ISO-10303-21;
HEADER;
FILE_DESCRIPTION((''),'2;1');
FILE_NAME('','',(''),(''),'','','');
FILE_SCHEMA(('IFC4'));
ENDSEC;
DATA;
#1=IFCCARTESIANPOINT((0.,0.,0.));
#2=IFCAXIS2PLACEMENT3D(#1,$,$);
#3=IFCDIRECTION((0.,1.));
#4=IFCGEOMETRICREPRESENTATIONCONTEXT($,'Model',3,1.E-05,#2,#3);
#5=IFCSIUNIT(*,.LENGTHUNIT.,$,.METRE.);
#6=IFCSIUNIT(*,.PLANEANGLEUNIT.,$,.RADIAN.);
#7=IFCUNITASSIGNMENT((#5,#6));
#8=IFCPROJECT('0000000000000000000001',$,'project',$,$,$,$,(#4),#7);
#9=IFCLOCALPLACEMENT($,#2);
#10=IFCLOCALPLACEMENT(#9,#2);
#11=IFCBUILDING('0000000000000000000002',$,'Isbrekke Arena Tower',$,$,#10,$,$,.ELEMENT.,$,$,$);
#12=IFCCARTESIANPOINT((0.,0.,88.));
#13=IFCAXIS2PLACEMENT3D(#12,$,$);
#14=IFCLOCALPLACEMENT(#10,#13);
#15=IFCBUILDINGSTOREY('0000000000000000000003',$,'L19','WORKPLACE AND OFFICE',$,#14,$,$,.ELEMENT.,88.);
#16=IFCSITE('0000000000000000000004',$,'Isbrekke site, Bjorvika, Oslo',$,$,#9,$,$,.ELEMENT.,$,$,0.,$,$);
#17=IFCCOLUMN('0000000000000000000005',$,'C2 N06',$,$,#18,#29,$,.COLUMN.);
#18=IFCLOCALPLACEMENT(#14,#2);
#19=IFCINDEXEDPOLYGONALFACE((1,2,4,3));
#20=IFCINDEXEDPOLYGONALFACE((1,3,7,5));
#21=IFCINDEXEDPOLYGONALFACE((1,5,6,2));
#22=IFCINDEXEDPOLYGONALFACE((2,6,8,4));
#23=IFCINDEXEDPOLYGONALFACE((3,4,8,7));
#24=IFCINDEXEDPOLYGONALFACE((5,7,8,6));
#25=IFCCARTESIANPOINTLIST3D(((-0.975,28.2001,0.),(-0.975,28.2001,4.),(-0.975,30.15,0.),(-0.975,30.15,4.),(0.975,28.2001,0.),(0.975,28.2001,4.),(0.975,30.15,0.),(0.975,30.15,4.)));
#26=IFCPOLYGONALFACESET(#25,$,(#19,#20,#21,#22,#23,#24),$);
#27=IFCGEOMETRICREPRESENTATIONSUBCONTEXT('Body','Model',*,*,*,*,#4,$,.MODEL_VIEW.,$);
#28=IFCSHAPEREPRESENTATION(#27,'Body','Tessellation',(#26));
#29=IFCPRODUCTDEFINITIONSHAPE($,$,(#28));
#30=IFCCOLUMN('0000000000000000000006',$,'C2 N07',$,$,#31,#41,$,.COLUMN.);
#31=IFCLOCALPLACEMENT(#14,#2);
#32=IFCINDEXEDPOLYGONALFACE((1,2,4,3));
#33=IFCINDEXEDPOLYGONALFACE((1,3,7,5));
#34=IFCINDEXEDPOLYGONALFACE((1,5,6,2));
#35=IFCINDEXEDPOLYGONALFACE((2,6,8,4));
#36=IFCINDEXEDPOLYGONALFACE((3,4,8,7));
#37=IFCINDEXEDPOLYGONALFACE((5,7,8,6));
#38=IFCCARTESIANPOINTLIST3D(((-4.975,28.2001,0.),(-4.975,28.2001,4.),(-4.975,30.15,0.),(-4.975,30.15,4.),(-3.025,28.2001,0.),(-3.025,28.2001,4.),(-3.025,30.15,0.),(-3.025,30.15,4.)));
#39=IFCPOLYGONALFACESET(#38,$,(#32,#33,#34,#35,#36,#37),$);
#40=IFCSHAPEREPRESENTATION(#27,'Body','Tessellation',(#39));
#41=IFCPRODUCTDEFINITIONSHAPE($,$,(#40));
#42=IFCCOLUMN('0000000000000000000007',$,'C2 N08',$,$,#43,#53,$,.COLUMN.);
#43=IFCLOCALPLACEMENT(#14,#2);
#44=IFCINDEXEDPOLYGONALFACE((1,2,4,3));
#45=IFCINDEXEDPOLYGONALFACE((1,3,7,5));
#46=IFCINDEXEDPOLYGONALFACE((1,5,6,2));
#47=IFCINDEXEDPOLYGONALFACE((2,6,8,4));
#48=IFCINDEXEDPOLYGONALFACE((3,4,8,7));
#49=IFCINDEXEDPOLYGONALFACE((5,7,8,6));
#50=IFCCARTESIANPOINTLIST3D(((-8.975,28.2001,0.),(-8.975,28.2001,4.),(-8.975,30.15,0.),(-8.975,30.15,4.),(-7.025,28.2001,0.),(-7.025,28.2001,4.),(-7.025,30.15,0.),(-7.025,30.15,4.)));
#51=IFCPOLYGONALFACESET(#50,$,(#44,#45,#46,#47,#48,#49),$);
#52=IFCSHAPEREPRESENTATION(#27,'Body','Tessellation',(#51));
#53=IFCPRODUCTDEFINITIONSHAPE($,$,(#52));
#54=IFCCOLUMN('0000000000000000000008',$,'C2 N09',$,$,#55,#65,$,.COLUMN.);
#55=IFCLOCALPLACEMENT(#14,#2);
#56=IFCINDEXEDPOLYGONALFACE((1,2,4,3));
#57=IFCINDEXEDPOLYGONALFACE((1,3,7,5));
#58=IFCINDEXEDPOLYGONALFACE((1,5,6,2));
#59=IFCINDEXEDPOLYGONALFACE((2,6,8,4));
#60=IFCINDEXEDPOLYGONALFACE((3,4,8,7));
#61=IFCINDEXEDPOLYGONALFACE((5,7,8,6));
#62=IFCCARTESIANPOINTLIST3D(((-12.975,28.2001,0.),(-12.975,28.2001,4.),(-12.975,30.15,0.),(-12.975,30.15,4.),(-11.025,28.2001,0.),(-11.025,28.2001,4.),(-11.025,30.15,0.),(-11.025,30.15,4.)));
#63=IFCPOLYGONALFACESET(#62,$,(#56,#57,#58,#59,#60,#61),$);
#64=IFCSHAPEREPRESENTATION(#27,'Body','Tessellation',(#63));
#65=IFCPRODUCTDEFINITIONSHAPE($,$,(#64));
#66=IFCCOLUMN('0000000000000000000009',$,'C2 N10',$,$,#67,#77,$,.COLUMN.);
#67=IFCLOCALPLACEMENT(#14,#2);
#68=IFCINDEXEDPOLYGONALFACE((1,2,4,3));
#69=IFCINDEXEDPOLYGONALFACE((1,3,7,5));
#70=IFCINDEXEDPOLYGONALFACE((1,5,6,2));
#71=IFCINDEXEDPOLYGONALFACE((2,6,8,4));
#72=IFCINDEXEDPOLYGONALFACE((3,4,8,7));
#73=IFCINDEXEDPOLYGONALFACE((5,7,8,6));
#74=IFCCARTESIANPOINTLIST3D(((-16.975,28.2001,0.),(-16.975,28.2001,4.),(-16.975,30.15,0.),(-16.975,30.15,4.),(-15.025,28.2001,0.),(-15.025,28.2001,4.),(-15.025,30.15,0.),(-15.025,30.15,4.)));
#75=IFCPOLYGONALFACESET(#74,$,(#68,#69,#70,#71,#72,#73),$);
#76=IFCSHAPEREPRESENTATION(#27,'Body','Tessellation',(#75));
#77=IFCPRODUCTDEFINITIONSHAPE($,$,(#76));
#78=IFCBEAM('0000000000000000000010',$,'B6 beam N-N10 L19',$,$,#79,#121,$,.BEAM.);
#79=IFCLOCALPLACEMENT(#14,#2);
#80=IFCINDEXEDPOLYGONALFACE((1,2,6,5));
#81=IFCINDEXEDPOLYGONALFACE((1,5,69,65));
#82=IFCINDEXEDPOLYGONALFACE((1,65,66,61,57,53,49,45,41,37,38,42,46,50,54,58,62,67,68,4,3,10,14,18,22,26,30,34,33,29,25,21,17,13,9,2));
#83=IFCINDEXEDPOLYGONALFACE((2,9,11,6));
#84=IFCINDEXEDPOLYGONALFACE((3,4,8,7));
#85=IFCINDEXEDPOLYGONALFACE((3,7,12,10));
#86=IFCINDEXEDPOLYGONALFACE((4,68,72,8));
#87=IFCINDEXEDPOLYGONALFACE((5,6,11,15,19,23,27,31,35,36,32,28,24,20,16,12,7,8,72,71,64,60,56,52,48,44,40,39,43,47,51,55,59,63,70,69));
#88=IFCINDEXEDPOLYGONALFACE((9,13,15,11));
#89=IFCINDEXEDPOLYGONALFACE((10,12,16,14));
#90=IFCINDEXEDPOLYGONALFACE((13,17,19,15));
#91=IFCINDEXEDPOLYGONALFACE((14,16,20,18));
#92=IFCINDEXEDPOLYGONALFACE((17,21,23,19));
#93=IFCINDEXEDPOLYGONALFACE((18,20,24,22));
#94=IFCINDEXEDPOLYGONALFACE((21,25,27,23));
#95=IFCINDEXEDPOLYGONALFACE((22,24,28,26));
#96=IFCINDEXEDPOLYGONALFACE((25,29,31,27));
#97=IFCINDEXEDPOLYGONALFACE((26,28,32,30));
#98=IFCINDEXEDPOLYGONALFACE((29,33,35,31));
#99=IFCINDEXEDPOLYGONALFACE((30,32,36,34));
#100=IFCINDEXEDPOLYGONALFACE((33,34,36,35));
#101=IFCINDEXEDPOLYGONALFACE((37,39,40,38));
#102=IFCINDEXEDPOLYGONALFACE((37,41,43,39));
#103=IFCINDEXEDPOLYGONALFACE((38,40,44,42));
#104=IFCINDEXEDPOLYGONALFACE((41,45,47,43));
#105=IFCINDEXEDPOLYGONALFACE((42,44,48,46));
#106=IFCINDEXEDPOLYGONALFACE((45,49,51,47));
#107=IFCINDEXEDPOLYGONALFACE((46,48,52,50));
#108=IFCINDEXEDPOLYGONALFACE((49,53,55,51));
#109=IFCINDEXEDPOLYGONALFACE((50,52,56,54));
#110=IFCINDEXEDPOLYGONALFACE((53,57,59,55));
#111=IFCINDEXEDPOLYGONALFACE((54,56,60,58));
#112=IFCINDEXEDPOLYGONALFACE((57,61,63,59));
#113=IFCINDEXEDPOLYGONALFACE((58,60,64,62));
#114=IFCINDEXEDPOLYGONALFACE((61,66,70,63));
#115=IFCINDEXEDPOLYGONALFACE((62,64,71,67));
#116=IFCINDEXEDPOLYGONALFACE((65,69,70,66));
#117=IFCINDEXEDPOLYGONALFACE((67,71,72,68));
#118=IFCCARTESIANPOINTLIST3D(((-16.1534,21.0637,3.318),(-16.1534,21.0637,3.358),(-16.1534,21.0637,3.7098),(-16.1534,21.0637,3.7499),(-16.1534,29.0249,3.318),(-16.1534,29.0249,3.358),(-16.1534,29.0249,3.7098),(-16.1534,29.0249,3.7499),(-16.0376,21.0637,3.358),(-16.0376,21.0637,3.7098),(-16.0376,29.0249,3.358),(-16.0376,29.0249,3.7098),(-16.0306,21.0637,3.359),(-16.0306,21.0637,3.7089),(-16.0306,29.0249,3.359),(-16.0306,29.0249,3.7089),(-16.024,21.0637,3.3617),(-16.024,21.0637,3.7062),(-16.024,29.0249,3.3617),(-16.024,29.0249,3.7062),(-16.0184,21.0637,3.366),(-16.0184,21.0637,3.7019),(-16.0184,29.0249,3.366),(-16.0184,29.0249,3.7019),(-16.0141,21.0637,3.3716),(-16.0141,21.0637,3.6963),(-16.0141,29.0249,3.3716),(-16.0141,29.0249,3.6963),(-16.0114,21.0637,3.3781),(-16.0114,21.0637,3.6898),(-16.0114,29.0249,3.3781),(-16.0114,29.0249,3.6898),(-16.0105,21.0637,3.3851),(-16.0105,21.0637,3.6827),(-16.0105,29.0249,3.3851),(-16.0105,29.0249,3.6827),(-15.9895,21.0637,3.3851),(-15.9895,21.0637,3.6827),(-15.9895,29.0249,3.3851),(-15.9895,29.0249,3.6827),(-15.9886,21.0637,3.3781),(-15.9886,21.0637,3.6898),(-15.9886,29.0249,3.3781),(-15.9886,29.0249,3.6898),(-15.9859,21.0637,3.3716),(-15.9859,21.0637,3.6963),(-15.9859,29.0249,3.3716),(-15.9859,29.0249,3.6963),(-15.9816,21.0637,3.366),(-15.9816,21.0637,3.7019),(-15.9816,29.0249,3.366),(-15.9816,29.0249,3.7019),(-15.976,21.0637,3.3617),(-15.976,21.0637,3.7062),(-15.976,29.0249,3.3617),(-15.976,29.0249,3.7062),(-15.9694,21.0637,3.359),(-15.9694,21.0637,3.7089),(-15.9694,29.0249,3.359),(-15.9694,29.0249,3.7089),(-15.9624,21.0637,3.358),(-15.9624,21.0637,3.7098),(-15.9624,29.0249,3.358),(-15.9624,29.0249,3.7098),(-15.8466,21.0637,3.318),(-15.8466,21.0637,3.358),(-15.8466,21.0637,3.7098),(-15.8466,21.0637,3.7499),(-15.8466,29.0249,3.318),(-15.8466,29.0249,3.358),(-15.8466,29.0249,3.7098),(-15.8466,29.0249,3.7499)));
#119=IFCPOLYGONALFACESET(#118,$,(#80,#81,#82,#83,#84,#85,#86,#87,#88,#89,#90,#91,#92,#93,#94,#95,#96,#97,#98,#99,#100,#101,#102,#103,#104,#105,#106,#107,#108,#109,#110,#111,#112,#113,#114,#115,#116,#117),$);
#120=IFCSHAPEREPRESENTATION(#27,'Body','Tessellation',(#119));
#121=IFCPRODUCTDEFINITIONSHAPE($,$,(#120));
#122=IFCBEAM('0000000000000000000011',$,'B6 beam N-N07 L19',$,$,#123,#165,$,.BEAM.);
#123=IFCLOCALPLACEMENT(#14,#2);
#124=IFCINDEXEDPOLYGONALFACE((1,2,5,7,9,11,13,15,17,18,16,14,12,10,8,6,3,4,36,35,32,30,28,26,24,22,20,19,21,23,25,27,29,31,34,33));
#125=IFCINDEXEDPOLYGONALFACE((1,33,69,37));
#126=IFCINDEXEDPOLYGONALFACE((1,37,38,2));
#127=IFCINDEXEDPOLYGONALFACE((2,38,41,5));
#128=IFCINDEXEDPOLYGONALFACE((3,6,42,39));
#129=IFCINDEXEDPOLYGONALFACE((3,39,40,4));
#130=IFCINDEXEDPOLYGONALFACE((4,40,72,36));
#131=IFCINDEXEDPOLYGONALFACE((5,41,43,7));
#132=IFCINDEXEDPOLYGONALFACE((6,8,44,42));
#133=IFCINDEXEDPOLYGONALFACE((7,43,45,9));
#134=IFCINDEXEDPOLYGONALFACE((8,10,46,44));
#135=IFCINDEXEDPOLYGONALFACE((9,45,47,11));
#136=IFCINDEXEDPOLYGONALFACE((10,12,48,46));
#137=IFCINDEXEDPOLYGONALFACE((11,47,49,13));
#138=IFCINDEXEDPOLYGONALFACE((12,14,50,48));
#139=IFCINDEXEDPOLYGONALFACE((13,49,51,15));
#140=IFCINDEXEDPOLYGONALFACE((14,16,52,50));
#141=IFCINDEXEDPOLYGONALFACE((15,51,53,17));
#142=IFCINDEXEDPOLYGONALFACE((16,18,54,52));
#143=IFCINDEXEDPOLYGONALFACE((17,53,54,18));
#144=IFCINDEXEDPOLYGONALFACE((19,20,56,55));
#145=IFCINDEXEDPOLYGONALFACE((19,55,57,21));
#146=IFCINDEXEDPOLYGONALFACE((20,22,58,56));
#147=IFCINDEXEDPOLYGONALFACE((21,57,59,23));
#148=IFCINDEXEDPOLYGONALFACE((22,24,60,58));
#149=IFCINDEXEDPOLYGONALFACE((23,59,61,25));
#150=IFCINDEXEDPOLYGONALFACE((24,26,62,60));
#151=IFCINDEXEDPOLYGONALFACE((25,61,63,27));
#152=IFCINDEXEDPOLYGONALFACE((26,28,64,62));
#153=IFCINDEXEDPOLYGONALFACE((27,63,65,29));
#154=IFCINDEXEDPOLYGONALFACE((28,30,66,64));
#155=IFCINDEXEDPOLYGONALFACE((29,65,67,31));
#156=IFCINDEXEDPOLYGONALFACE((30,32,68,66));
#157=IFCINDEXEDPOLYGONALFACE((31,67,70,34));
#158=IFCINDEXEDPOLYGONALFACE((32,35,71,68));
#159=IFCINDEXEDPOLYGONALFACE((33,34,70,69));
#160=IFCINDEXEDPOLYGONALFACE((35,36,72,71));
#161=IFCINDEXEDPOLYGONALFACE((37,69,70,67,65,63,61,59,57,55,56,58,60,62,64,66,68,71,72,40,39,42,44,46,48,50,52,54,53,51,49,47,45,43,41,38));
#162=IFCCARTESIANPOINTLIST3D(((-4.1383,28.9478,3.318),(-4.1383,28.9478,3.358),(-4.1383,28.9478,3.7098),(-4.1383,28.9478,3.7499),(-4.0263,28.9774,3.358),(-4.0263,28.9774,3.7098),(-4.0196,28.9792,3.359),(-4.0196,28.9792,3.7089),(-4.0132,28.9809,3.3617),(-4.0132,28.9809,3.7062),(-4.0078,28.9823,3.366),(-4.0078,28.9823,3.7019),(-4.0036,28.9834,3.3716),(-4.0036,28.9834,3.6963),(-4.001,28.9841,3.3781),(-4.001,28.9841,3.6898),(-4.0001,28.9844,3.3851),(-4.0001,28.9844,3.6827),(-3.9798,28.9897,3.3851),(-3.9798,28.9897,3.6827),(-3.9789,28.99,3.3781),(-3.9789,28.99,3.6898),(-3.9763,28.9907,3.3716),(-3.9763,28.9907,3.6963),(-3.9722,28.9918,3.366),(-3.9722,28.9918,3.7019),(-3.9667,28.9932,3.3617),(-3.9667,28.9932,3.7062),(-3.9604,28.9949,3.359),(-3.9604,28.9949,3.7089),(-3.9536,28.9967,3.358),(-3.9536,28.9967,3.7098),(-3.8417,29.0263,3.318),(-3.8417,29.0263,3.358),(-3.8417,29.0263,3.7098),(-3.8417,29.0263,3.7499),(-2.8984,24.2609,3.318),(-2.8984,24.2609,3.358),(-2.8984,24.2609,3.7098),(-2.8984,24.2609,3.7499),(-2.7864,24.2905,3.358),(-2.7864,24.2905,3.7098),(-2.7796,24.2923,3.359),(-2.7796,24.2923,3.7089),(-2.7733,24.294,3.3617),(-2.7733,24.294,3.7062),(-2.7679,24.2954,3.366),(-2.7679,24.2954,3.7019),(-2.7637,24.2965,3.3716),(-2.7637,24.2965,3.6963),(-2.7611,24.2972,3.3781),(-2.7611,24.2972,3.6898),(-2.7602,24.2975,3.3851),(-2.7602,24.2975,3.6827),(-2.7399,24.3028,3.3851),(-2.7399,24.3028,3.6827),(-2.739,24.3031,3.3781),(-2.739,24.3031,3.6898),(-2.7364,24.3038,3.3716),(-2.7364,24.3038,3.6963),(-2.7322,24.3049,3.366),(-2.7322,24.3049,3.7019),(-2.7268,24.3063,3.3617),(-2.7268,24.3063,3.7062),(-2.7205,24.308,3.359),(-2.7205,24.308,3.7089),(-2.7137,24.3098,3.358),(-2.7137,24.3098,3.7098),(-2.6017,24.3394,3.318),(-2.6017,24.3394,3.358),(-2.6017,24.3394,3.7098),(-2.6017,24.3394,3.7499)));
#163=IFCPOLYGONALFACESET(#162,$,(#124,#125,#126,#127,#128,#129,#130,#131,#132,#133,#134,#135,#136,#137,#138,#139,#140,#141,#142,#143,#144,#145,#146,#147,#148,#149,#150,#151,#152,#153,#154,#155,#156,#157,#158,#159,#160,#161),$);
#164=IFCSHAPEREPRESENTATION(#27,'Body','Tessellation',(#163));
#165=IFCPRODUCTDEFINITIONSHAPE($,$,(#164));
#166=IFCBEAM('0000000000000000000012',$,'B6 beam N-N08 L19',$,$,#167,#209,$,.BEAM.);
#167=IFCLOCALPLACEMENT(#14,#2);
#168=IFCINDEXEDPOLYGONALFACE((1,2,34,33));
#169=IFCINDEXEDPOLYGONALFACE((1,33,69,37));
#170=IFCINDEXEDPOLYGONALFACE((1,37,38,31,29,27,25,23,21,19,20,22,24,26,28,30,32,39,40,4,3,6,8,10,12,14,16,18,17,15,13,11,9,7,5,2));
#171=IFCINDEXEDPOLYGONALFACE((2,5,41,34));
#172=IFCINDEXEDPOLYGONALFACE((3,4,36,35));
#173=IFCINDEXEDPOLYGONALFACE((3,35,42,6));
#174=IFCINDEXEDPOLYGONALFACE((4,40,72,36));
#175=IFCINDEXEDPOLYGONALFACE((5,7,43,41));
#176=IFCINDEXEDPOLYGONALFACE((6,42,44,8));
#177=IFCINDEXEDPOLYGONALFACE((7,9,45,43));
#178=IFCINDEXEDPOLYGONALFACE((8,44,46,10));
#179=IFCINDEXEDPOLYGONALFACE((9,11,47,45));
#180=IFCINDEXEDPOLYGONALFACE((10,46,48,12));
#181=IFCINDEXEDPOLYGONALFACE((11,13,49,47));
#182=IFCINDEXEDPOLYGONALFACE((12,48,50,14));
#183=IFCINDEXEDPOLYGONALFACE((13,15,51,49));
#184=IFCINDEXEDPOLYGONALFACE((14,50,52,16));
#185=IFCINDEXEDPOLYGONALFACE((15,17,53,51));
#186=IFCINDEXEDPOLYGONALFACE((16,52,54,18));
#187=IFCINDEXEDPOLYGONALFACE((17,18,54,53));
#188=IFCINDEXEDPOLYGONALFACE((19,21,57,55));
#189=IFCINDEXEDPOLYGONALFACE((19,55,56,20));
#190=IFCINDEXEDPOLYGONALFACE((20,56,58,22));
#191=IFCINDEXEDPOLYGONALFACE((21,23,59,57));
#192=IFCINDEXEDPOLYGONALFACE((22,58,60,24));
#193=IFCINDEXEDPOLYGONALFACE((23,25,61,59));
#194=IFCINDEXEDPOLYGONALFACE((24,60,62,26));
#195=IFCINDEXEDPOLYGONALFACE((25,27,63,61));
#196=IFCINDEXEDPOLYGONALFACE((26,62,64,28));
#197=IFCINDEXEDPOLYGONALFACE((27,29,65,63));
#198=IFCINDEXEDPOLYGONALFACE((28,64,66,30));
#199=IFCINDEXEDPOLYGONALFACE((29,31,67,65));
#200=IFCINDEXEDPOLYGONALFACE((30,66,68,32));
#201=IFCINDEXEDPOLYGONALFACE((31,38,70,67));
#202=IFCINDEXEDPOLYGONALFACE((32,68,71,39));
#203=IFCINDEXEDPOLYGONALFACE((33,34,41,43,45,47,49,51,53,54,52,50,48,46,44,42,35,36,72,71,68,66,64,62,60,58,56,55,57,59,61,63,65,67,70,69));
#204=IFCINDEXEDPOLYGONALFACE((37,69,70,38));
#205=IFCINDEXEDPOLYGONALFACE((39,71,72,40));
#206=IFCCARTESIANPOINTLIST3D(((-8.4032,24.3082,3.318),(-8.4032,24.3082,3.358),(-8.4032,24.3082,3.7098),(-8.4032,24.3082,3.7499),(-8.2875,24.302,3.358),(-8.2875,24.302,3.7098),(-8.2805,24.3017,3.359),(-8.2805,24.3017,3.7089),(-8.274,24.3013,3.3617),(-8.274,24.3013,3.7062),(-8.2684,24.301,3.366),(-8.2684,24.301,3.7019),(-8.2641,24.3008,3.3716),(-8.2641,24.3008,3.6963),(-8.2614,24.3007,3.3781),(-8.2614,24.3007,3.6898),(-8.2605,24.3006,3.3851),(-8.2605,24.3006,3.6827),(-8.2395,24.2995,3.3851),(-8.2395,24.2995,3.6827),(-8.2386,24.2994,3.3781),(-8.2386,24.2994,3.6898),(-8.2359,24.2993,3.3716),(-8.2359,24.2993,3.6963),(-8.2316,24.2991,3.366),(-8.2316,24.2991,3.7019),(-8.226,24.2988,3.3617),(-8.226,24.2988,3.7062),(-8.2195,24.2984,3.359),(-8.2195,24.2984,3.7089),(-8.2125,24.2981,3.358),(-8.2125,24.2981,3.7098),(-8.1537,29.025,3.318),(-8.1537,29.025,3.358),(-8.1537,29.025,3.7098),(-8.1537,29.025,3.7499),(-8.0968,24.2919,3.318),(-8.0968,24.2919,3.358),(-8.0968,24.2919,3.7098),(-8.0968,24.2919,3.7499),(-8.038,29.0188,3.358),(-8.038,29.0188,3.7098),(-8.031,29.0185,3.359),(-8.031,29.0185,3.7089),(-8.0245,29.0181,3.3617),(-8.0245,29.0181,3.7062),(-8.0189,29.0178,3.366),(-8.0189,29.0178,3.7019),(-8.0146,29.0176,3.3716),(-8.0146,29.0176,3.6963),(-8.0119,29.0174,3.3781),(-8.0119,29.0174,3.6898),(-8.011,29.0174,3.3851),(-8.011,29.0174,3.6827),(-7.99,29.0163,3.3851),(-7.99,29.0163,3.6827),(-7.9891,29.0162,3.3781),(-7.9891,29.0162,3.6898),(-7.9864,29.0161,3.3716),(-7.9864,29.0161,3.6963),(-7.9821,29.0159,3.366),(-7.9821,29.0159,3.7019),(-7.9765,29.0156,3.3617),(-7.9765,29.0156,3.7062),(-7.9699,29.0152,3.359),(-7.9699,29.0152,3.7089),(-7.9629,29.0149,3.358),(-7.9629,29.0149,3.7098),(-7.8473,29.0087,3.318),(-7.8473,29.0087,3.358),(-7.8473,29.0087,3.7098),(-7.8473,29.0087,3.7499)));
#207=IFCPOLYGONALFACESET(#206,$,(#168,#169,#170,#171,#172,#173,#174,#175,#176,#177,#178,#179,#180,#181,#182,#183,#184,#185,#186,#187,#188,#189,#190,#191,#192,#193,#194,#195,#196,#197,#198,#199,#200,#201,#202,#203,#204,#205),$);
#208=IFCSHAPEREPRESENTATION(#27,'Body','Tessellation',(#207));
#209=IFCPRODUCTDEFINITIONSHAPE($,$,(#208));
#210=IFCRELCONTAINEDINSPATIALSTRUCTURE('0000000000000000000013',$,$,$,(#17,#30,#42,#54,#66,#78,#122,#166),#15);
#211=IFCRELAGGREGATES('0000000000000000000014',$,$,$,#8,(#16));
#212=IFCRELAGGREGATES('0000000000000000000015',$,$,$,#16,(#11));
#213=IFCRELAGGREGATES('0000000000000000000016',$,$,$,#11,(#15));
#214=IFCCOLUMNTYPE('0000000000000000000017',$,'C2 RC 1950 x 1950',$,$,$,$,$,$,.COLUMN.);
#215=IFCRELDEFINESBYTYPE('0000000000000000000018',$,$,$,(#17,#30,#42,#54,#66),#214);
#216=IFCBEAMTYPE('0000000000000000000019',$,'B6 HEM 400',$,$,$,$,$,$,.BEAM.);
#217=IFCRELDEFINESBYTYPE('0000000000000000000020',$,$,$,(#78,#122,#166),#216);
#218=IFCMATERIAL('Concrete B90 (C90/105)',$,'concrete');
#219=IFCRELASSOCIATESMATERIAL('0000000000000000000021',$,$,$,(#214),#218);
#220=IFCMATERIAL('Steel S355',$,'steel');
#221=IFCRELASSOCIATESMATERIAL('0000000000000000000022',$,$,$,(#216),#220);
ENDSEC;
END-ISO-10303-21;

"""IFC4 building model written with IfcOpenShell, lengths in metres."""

from ifc_helpers import new_model, si_unit, direction, frame, origin, origin_2d, place, context, subcontext, project, spatial, rectangle, i_section, extrude, material, material_profile, profile_set, type_object, element, save


model = new_model("IFC4")

# Units and contexts
model_context = context("Model", 3, precision=1e-05, world=origin(), true_north=direction((0.0, 1.0)))
body_context = subcontext(model_context, "Body", "Model", "MODEL_VIEW")
ifc_project = project(units=[si_unit("LENGTHUNIT", "METRE"), si_unit("PLANEANGLEUNIT", "RADIAN")], contexts=[model_context])

# Site, building, storey
site_placement = place(None, origin())
site = spatial("IfcSite", under=ifc_project, at=site_placement, Name="Isbrekke site, Bjorvika, Oslo", CompositionType="ELEMENT", RefElevation=0.0)
building_placement = place(site_placement, origin())
building = spatial("IfcBuilding", under=site, at=building_placement, Name="Isbrekke Arena Tower", CompositionType="ELEMENT")
storey_placement = place(building_placement, frame((0.0, 0.0, 88.0)))
storey = spatial("IfcBuildingStorey", under=building, at=storey_placement, Name="L19", Description="WORKPLACE AND OFFICE", CompositionType="ELEMENT", Elevation=88.0)

# Columns
ifc_material_1 = material(Name="Concrete B90 (C90/105)", Category="concrete")
ifc_material_profile_1 = material_profile(ifc_material_1, rectangle(XDim=1.95, YDim=1.95, at=origin_2d()), Name="RC 1950x1950")
ifc_profile_set_1 = profile_set([ifc_material_profile_1], Name="Concrete B90 (C90/105)")
column_type = type_object("IfcColumnType", Name="C2 RC 1950 x 1950", PredefinedType="COLUMN", material=ifc_profile_set_1)
for number, where, z_axis, x_axis, name in (
    (1, (0.0, 29.175, 0.0), (0.0, 0.0, 1.0), (-1.0, 0.0, 0.0), "C2 N06"),
    (2, (-4.0, 29.175, 0.0), (0.0, 0.0, 1.0), (-1.0, 0.0, 0.0), "C2 N07"),
    (3, (-8.0, 29.175, 0.0), (0.0, 0.0, 1.0), (-1.0, 0.0, 0.0), "C2 N08"),
    (4, (-12.0, 29.175, 0.0), (0.0, 0.0, 1.0), (-1.0, 0.0, 0.0), "C2 N09"),
    (5, (-16.0, 29.175, 0.0), (0.0, 0.0, 1.0), (-1.0, 0.0, 0.0), "C2 N10"),
):
    element("IfcColumn", number, at=place(storey_placement, frame(where, z_axis=z_axis, x_axis=x_axis)), inside=storey, type_object=column_type, Name=name, PredefinedType="COLUMN", context=body_context, shape_type="SweptSolid", body=[
        extrude(rectangle(XDim=1.95, YDim=1.95, at=origin_2d()), origin(), (0.0, 0.0, 1.0), 4.0),
    ])

# Beams
ifc_material_2 = material(Name="Steel S355", Category="steel")
ifc_material_profile_2 = material_profile(ifc_material_2, i_section(OverallWidth=0.3069, OverallDepth=0.4319, WebThickness=0.021, FlangeThickness=0.04, FilletRadius=0.0271, at=origin_2d()), Name="HEM 400")
ifc_profile_set_2 = profile_set([ifc_material_profile_2], Name="Steel S355")
beam_type_1 = type_object("IfcBeamType", Name="B6 HEM 400", PredefinedType="BEAM", material=ifc_profile_set_2)
beam_1_placement = place(storey_placement, frame((-16.0, 29.0249, 3.5339), z_axis=(0.0, -1.0, 0.0), x_axis=(1.0, 0.0, 0.0)))
element("IfcBeam", 6, at=beam_1_placement, inside=storey, type_object=beam_type_1, Name="B6 beam N-N10 L19", PredefinedType="BEAM", context=body_context, shape_type="SweptSolid", body=[
    extrude(i_section(OverallWidth=0.3069, OverallDepth=0.4319, WebThickness=0.021, FlangeThickness=0.04, FilletRadius=0.0271, at=origin_2d()), origin(), (0.0, 0.0, 1.0), 7.9612),
])
beam_2_placement = place(storey_placement, frame((-3.99, 28.9871, 3.5339), z_axis=(0.25576, -0.96674, 0.0), x_axis=(0.96674, 0.25576, 0.0)))
element("IfcBeam", 7, at=beam_2_placement, inside=storey, type_object=beam_type_1, Name="B6 beam N-N07 L19", PredefinedType="BEAM", context=body_context, shape_type="SweptSolid", body=[
    extrude(i_section(OverallWidth=0.3069, OverallDepth=0.4319, WebThickness=0.021, FlangeThickness=0.04, FilletRadius=0.0271, at=origin_2d()), origin(), (0.0, 0.0, 1.0), 4.8481),
])
beam_3_placement = place(storey_placement, frame((-8.0005, 29.0168, 3.5339), z_axis=(-0.052825, -0.998604, 0.0), x_axis=(0.998604, -0.052825, 0.0)))
element("IfcBeam", 8, at=beam_3_placement, inside=storey, type_object=beam_type_1, Name="B6 beam N-N08 L19", PredefinedType="BEAM", context=body_context, shape_type="SweptSolid", body=[
    extrude(i_section(OverallWidth=0.3069, OverallDepth=0.4319, WebThickness=0.021, FlangeThickness=0.04, FilletRadius=0.0271, at=origin_2d()), origin(), (0.0, 0.0, 1.0), 4.7234),
])

save(model, "model.ifc")
